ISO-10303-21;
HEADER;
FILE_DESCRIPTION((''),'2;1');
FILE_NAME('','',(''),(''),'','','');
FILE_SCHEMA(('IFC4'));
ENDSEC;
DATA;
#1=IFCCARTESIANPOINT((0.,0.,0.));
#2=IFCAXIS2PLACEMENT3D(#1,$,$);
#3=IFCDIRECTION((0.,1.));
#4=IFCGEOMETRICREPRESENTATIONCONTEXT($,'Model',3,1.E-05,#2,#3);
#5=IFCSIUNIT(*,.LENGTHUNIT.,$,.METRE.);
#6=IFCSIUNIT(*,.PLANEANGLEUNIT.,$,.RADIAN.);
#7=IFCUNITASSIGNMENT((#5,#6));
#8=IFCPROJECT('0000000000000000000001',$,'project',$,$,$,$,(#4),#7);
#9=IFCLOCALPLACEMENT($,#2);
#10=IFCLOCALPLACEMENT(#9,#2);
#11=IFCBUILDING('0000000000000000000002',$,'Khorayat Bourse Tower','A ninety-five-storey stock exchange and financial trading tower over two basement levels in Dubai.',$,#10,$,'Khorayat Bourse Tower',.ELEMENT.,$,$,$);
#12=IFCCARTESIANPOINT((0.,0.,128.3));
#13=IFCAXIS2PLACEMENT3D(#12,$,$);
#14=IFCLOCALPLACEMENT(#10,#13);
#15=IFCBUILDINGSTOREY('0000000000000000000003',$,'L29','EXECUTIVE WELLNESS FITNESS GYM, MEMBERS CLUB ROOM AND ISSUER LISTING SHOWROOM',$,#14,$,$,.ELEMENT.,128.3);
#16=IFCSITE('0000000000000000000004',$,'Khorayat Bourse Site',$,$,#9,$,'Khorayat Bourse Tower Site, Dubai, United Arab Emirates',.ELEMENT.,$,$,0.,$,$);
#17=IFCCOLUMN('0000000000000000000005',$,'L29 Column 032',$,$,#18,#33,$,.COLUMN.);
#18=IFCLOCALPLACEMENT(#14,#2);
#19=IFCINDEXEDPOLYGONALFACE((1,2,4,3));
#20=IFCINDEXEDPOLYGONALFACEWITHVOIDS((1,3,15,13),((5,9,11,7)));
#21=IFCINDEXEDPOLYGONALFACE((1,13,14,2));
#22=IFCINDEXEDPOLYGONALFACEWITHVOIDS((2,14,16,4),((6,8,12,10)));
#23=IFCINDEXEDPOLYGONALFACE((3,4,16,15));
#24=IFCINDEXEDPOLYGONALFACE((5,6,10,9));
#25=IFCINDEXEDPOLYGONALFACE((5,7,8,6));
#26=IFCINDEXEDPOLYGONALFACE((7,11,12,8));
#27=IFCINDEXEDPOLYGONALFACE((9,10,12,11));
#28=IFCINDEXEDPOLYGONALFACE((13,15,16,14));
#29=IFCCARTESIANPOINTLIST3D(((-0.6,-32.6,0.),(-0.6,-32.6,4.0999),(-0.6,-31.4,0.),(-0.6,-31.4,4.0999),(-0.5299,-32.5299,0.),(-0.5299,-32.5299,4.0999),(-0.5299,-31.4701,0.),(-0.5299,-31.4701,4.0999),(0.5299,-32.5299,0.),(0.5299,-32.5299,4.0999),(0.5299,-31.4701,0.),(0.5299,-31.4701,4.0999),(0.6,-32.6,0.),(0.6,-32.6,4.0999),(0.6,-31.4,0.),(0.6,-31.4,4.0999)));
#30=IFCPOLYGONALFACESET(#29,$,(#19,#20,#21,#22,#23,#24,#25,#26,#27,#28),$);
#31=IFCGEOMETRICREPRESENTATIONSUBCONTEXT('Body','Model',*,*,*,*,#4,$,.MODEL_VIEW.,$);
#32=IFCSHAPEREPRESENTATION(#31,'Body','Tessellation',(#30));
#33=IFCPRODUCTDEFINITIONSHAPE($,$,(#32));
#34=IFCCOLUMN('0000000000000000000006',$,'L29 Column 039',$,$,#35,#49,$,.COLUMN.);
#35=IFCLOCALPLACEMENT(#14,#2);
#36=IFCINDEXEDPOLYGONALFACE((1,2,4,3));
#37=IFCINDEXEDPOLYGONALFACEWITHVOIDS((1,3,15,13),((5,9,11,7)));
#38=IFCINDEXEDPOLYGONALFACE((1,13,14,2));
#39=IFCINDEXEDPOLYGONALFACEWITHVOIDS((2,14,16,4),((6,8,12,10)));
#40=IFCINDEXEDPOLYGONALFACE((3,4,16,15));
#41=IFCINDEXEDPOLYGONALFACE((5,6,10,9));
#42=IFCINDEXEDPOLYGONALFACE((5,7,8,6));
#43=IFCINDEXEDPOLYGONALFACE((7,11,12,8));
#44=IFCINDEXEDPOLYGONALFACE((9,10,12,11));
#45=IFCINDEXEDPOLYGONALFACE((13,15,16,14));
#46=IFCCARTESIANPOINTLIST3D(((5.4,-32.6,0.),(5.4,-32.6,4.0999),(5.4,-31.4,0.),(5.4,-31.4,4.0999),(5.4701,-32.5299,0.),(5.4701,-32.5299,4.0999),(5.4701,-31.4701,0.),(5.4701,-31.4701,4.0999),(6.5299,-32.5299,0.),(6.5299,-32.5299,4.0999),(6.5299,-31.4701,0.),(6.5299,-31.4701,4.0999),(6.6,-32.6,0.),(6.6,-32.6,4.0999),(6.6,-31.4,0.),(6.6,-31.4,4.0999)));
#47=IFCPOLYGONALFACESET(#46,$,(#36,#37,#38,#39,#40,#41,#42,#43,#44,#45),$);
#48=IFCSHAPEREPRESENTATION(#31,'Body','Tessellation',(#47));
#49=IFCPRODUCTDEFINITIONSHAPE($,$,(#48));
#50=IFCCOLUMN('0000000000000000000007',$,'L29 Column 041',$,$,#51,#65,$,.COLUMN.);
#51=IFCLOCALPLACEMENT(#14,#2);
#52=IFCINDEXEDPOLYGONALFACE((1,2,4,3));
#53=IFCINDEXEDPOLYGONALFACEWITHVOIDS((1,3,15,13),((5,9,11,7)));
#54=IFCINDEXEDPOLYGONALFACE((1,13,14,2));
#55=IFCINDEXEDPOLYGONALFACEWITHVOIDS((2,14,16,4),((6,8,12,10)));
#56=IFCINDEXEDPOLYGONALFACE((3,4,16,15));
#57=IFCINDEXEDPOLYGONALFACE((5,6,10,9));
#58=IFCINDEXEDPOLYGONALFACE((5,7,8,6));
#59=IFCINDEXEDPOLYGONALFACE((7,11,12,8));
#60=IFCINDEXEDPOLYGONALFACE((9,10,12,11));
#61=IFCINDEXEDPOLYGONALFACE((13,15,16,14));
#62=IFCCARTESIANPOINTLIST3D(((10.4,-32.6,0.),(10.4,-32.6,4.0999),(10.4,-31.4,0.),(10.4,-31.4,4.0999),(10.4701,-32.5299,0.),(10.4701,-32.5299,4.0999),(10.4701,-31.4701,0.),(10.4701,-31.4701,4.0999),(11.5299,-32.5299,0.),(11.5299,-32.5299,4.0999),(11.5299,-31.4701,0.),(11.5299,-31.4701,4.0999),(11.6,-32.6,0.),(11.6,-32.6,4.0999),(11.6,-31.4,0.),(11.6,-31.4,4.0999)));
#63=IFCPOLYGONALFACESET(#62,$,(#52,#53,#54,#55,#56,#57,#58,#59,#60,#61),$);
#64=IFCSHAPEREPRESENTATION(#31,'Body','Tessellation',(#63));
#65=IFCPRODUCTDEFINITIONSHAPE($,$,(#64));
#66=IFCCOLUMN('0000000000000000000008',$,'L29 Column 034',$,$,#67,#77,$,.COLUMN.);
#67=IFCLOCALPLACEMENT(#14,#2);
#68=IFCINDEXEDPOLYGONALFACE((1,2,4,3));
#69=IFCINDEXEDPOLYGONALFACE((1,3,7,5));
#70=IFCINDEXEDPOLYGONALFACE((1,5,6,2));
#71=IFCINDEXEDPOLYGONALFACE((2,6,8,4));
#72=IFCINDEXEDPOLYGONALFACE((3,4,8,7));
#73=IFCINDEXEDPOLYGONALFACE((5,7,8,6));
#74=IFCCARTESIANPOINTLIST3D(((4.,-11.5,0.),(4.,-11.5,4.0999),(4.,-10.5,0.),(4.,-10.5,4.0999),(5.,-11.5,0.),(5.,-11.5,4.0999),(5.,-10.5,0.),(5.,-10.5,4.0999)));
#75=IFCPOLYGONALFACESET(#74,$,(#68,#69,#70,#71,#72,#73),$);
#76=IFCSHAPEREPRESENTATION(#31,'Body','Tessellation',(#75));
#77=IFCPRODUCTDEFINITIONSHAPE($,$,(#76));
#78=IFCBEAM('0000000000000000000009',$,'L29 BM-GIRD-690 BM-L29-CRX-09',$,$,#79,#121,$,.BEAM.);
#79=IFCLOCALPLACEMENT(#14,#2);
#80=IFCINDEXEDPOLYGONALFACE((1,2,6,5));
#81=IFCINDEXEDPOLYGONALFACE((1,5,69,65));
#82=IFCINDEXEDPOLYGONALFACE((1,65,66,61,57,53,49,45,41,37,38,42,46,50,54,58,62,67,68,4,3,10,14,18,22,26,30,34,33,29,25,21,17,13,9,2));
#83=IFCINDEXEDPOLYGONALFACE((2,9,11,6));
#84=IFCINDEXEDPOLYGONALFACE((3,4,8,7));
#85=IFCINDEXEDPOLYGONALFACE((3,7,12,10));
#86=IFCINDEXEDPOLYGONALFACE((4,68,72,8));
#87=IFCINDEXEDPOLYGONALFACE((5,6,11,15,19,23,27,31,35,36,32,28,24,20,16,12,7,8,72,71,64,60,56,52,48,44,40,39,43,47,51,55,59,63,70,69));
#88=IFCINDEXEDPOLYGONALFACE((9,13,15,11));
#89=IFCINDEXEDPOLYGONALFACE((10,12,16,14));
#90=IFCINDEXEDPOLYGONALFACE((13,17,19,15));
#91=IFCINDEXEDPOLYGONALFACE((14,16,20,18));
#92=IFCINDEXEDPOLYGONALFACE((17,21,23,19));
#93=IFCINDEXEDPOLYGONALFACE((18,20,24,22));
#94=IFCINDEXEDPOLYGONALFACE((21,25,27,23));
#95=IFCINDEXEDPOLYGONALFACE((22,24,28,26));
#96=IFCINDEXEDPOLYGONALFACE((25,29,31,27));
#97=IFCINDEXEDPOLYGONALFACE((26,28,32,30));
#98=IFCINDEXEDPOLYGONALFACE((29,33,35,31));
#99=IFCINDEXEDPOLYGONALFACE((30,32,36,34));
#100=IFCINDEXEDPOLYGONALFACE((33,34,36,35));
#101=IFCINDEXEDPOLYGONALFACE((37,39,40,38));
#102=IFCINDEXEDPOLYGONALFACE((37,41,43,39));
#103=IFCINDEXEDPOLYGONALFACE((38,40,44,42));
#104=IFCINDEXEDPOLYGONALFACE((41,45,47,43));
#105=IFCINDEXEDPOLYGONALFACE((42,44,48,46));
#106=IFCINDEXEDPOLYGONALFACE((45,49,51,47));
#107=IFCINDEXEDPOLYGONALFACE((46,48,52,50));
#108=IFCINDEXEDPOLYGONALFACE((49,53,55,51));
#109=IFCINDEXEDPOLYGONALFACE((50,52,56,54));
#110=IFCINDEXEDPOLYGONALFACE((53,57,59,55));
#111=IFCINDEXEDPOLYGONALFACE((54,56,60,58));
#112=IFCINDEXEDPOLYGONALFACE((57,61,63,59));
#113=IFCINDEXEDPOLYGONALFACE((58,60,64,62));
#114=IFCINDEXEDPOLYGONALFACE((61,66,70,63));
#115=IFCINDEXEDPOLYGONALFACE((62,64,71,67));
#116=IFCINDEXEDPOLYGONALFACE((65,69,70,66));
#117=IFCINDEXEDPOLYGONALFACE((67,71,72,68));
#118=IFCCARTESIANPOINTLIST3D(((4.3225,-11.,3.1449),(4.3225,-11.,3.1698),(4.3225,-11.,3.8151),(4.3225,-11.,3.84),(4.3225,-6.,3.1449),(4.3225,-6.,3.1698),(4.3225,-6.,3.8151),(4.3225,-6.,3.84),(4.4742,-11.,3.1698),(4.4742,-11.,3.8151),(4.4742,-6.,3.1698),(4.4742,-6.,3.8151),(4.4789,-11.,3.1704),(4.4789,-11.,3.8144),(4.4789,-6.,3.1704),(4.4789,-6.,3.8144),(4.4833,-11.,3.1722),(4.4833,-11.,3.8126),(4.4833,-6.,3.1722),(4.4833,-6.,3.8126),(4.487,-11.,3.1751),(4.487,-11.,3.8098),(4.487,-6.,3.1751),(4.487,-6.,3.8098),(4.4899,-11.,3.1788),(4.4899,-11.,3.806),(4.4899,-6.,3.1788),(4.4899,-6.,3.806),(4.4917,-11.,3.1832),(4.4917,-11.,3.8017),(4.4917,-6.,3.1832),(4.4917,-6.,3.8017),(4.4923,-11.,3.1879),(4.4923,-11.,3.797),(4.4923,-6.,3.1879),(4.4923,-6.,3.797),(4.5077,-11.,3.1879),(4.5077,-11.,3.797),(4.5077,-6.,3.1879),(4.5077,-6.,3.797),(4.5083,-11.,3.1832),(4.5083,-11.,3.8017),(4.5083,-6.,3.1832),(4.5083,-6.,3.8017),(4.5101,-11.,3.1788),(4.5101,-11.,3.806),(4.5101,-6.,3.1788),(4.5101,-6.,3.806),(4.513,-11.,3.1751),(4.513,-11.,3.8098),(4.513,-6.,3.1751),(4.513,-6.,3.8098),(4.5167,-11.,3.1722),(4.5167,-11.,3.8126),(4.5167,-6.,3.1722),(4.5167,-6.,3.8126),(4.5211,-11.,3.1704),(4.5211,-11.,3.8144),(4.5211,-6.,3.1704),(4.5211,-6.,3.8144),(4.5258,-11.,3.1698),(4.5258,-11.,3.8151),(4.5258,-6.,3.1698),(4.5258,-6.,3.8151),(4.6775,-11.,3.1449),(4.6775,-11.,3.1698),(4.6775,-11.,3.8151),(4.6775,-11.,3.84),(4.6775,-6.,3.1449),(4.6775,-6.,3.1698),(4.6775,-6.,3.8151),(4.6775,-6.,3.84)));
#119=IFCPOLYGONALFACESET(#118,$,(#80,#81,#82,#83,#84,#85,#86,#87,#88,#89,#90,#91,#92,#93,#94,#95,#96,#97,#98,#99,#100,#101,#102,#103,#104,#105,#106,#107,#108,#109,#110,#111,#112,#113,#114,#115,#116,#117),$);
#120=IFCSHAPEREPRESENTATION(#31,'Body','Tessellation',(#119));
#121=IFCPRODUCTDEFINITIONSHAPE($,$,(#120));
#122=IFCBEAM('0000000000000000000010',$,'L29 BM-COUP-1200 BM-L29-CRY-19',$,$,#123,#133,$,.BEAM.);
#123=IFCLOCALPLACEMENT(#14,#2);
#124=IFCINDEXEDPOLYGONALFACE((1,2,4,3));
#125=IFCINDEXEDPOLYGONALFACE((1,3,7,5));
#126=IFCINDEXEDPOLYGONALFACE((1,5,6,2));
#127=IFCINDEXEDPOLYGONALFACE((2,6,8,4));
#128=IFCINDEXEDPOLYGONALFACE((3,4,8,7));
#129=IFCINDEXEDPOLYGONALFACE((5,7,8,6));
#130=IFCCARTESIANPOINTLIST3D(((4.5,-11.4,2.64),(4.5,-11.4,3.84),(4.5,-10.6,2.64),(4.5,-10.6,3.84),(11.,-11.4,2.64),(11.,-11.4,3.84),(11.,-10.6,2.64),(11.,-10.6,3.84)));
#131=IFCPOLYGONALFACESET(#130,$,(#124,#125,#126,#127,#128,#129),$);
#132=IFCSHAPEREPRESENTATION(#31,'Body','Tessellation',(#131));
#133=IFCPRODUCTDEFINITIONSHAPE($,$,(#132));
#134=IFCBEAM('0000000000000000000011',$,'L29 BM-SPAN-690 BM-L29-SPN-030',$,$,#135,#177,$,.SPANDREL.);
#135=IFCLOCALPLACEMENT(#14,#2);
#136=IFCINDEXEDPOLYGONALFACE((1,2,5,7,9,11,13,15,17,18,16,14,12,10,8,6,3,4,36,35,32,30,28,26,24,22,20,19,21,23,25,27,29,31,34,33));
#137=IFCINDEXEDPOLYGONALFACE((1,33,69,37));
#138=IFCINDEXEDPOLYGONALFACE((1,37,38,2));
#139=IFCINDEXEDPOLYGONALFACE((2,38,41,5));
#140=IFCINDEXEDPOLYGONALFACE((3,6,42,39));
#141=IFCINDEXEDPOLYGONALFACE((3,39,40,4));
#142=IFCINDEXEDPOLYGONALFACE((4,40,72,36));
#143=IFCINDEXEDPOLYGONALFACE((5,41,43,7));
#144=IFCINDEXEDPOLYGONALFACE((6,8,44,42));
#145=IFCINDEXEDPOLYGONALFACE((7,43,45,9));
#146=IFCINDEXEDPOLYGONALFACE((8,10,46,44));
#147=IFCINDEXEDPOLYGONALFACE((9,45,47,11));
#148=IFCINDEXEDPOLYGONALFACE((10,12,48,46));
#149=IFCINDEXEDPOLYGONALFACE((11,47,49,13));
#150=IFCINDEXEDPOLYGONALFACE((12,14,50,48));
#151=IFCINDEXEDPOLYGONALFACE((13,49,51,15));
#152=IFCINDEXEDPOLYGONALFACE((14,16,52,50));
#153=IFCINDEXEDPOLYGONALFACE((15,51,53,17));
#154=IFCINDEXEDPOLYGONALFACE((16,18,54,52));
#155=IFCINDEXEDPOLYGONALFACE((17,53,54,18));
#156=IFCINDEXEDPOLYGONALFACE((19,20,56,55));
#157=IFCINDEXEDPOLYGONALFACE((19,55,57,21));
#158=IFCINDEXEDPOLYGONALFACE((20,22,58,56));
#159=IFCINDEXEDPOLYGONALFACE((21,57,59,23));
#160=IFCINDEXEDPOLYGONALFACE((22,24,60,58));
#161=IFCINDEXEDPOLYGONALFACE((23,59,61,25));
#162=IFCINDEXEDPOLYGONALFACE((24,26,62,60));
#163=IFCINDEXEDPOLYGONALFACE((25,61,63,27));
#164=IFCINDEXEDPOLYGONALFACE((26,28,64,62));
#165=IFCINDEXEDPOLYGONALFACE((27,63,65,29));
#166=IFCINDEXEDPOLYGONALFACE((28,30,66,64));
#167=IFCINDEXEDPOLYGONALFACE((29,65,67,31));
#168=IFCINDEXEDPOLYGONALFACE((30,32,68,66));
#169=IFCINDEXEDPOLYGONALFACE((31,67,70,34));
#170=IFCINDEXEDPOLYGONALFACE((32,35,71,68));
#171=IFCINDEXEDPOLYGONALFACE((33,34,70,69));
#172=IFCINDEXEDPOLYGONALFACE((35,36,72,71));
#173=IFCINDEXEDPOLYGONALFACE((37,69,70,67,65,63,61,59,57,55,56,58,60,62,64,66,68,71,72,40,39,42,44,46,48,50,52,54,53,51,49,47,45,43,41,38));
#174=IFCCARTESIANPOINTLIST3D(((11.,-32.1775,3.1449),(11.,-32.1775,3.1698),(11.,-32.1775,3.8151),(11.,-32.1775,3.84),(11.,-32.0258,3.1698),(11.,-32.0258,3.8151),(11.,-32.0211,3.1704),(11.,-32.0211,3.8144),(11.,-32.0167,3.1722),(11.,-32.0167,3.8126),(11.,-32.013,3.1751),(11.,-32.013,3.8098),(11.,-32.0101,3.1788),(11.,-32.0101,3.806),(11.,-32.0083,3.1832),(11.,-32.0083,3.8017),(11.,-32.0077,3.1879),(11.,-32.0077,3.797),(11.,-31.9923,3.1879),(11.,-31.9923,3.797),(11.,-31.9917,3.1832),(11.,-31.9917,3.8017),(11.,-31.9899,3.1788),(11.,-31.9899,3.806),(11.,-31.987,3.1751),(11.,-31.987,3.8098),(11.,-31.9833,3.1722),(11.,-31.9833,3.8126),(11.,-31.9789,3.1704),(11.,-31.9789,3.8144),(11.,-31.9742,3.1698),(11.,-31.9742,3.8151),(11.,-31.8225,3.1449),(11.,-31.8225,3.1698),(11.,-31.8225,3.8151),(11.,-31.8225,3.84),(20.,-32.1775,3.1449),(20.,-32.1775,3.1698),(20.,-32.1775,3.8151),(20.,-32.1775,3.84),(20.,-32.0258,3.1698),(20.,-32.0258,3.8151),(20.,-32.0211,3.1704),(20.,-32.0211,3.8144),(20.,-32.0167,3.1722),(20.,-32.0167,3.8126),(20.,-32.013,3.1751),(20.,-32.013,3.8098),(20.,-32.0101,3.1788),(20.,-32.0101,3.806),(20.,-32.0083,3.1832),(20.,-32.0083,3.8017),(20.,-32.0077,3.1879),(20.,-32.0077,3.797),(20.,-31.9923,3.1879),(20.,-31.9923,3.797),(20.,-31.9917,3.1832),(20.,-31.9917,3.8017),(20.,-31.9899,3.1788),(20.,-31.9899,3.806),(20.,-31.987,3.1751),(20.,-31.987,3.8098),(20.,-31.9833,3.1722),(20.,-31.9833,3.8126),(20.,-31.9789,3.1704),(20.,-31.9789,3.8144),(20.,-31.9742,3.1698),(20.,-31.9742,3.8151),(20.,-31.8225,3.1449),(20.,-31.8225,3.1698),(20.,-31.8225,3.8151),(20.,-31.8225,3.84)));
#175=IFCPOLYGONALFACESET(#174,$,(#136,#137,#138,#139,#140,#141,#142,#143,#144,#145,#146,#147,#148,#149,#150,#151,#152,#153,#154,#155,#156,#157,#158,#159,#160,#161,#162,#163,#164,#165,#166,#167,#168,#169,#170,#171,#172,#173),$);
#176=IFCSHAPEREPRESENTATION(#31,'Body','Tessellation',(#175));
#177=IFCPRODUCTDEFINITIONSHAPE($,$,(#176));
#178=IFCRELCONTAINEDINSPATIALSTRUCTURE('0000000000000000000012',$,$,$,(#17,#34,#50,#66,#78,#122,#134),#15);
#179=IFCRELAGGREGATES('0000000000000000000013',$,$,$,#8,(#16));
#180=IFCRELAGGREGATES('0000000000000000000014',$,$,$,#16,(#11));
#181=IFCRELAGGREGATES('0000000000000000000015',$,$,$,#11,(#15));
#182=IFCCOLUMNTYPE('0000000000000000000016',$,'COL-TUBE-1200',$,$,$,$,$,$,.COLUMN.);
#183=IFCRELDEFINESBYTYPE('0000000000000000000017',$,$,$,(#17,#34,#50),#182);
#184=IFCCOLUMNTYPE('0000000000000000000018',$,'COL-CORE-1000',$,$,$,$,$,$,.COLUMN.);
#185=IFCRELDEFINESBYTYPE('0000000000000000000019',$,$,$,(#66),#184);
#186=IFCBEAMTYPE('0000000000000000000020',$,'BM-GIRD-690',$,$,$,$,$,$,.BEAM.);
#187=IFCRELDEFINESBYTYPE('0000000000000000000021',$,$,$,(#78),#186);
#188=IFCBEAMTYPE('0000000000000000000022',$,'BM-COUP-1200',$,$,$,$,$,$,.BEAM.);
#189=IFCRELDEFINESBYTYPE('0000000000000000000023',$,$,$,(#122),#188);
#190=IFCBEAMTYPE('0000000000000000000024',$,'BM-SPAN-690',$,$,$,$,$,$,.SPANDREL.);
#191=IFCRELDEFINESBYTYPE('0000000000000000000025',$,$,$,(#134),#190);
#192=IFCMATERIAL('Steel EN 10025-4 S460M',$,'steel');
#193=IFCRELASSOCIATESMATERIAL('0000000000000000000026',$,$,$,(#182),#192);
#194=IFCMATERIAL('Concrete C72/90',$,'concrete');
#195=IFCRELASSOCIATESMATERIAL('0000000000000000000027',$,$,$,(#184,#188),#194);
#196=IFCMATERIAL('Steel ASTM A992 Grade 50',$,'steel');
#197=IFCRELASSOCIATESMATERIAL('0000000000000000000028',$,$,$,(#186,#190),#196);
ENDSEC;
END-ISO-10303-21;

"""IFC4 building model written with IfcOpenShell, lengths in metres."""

from ifc_helpers import new_model, si_unit, direction, frame, origin, origin_2d, place, context, subcontext, project, spatial, rectangle, hollow_rectangle, i_section, extrude, source, transform, mapped, material, material_profile, profile_set, type_object, element, save


model = new_model("IFC4")

# Units and contexts
model_context = context("Model", 3, precision=1e-05, world=origin(), true_north=direction((0.0, 1.0)))
body_context = subcontext(model_context, "Body", "Model", "MODEL_VIEW")
ifc_project = project(units=[si_unit("LENGTHUNIT", "METRE"), si_unit("PLANEANGLEUNIT", "RADIAN")], contexts=[model_context])

# Site, building, storey
site_placement = place(None, origin())
site = spatial("IfcSite", under=ifc_project, at=site_placement, Name="Khorayat Bourse Site", LongName="Khorayat Bourse Tower Site, Dubai, United Arab Emirates", CompositionType="ELEMENT", RefElevation=0.0)
building_placement = place(site_placement, origin())
building = spatial("IfcBuilding", under=site, at=building_placement, Name="Khorayat Bourse Tower", Description="A ninety-five-storey stock exchange and financial trading tower over two basement levels in Dubai.", LongName="Khorayat Bourse Tower", CompositionType="ELEMENT")
storey_placement = place(building_placement, frame((0.0, 0.0, 128.3)))
storey = spatial("IfcBuildingStorey", under=building, at=storey_placement, Name="L29", Description="EXECUTIVE WELLNESS FITNESS GYM, MEMBERS CLUB ROOM AND ISSUER LISTING SHOWROOM", CompositionType="ELEMENT", Elevation=128.3)

# Columns
ifc_material_1 = material(Name="Steel EN 10025-4 S460M", Category="steel")
ifc_material_profile_1 = material_profile(ifc_material_1, hollow_rectangle(XDim=1.2, YDim=1.2, WallThickness=0.0701, at=origin_2d()), Name="BOX 1200x1200x70")
ifc_profile_set_1 = profile_set([ifc_material_profile_1], Name="Steel EN 10025-4 S460M")
column_type_1 = type_object("IfcColumnType", Name="COL-TUBE-1200", PredefinedType="COLUMN", material=ifc_profile_set_1)
shared_shape_1 = source(origin(), body_context, "Body", "SweptSolid", [
    extrude(hollow_rectangle(XDim=1.2, YDim=1.2, WallThickness=0.0701, at=origin_2d()), origin(), (0.0, 0.0, 1.0), 4.0999),
])
for number, where, z_axis, x_axis, name in (
    (1, (0.0, -32.0, 0.0), (0.0, 0.0, 1.0), (1.0, 0.0, 0.0), "L29 Column 032"),
    (2, (6.0, -32.0, 0.0), (0.0, 0.0, 1.0), (1.0, 0.0, 0.0), "L29 Column 039"),
    (3, (11.0, -32.0, 0.0), (0.0, 0.0, 1.0), (1.0, 0.0, 0.0), "L29 Column 041"),
):
    element("IfcColumn", number, at=place(storey_placement, frame(where, z_axis=z_axis, x_axis=x_axis)), inside=storey, type_object=column_type_1, Name=name, PredefinedType="COLUMN", context=body_context, shape_type="MappedRepresentation", body=[
        mapped(shared_shape_1, transform((0.0, 0.0, 0.0), scale=1.0)),
    ])
ifc_material_2 = material(Name="Concrete C72/90", Category="concrete")
ifc_material_profile_2 = material_profile(ifc_material_2, rectangle(XDim=1.0, YDim=1.0, at=origin_2d()), Name="RC 1000x1000")
ifc_profile_set_2 = profile_set([ifc_material_profile_2], Name="Concrete C72/90")
column_type_2 = type_object("IfcColumnType", Name="COL-CORE-1000", PredefinedType="COLUMN", material=ifc_profile_set_2)
shared_shape_2 = source(origin(), body_context, "Body", "SweptSolid", [
    extrude(rectangle(XDim=1.0, YDim=1.0, at=origin_2d()), origin(), (0.0, 0.0, 1.0), 4.0999),
])
column_placement = place(storey_placement, frame((4.5, -11.0, 0.0), z_axis=(0.0, 0.0, 1.0), x_axis=(1.0, 0.0, 0.0)))
element("IfcColumn", 4, at=column_placement, inside=storey, type_object=column_type_2, Name="L29 Column 034", PredefinedType="COLUMN", context=body_context, shape_type="MappedRepresentation", body=[
    mapped(shared_shape_2, transform((0.0, 0.0, 0.0), scale=1.0)),
])

# Beams
ifc_material_3 = material(Name="Steel ASTM A992 Grade 50", Category="steel")
ifc_material_profile_3 = material_profile(ifc_material_3, i_section(OverallWidth=0.355, OverallDepth=0.6951, WebThickness=0.0154, FlangeThickness=0.0249, FilletRadius=0.0181, at=origin_2d()), Name="W690X217")
ifc_profile_set_3 = profile_set([ifc_material_profile_3], Name="Steel ASTM A992 Grade 50")
beam_type_1 = type_object("IfcBeamType", Name="BM-GIRD-690", PredefinedType="BEAM", material=ifc_profile_set_3)
shared_shape_3 = source(origin(), body_context, "Body", "SweptSolid", [
    extrude(i_section(OverallWidth=0.355, OverallDepth=0.6951, WebThickness=0.0154, FlangeThickness=0.0249, FilletRadius=0.0181, at=origin_2d()), origin(), (0.0, 0.0, 1.0), 5.0),
])
beam_1_placement = place(storey_placement, frame((4.5, -11.0, 3.4924), z_axis=(0.0, 1.0, 0.0), x_axis=(-1.0, 0.0, 0.0)))
element("IfcBeam", 5, at=beam_1_placement, inside=storey, type_object=beam_type_1, Name="L29 BM-GIRD-690 BM-L29-CRX-09", PredefinedType="BEAM", context=body_context, shape_type="MappedRepresentation", body=[
    mapped(shared_shape_3, transform((0.0, 0.0, 0.0), scale=1.0)),
])
ifc_material_profile_4 = material_profile(ifc_material_2, rectangle(XDim=0.8, YDim=1.2, at=origin_2d()), Name="RC 800x1200")
ifc_profile_set_4 = profile_set([ifc_material_profile_4], Name="Concrete C72/90")
beam_type_2 = type_object("IfcBeamType", Name="BM-COUP-1200", PredefinedType="BEAM", material=ifc_profile_set_4)
shared_shape_4 = source(origin(), body_context, "Body", "SweptSolid", [
    extrude(rectangle(XDim=0.8, YDim=1.2, at=origin_2d()), origin(), (0.0, 0.0, 1.0), 6.5),
])
beam_2_placement = place(storey_placement, frame((4.5, -11.0, 3.24), z_axis=(1.0, 0.0, 0.0), x_axis=(0.0, 1.0, 0.0)))
element("IfcBeam", 6, at=beam_2_placement, inside=storey, type_object=beam_type_2, Name="L29 BM-COUP-1200 BM-L29-CRY-19", PredefinedType="BEAM", context=body_context, shape_type="MappedRepresentation", body=[
    mapped(shared_shape_4, transform((0.0, 0.0, 0.0), scale=1.0)),
])
ifc_material_profile_5 = material_profile(ifc_material_3, i_section(OverallWidth=0.355, OverallDepth=0.6951, WebThickness=0.0154, FlangeThickness=0.0249, FilletRadius=0.0181, at=origin_2d()), Name="W690X217")
ifc_profile_set_5 = profile_set([ifc_material_profile_5], Name="Steel ASTM A992 Grade 50")
beam_type_3 = type_object("IfcBeamType", Name="BM-SPAN-690", PredefinedType="SPANDREL", material=ifc_profile_set_5)
shared_shape_5 = source(origin(), body_context, "Body", "SweptSolid", [
    extrude(i_section(OverallWidth=0.355, OverallDepth=0.6951, WebThickness=0.0154, FlangeThickness=0.0249, FilletRadius=0.0181, at=origin_2d()), origin(), (0.0, 0.0, 1.0), 9.0),
])
beam_3_placement = place(storey_placement, frame((11.0, -32.0, 3.4924), z_axis=(1.0, 0.0, 0.0), x_axis=(0.0, 1.0, 0.0)))
element("IfcBeam", 7, at=beam_3_placement, inside=storey, type_object=beam_type_3, Name="L29 BM-SPAN-690 BM-L29-SPN-030", PredefinedType="SPANDREL", context=body_context, shape_type="MappedRepresentation", body=[
    mapped(shared_shape_5, transform((0.0, 0.0, 0.0), scale=1.0)),
])

save(model, "model.ifc")
